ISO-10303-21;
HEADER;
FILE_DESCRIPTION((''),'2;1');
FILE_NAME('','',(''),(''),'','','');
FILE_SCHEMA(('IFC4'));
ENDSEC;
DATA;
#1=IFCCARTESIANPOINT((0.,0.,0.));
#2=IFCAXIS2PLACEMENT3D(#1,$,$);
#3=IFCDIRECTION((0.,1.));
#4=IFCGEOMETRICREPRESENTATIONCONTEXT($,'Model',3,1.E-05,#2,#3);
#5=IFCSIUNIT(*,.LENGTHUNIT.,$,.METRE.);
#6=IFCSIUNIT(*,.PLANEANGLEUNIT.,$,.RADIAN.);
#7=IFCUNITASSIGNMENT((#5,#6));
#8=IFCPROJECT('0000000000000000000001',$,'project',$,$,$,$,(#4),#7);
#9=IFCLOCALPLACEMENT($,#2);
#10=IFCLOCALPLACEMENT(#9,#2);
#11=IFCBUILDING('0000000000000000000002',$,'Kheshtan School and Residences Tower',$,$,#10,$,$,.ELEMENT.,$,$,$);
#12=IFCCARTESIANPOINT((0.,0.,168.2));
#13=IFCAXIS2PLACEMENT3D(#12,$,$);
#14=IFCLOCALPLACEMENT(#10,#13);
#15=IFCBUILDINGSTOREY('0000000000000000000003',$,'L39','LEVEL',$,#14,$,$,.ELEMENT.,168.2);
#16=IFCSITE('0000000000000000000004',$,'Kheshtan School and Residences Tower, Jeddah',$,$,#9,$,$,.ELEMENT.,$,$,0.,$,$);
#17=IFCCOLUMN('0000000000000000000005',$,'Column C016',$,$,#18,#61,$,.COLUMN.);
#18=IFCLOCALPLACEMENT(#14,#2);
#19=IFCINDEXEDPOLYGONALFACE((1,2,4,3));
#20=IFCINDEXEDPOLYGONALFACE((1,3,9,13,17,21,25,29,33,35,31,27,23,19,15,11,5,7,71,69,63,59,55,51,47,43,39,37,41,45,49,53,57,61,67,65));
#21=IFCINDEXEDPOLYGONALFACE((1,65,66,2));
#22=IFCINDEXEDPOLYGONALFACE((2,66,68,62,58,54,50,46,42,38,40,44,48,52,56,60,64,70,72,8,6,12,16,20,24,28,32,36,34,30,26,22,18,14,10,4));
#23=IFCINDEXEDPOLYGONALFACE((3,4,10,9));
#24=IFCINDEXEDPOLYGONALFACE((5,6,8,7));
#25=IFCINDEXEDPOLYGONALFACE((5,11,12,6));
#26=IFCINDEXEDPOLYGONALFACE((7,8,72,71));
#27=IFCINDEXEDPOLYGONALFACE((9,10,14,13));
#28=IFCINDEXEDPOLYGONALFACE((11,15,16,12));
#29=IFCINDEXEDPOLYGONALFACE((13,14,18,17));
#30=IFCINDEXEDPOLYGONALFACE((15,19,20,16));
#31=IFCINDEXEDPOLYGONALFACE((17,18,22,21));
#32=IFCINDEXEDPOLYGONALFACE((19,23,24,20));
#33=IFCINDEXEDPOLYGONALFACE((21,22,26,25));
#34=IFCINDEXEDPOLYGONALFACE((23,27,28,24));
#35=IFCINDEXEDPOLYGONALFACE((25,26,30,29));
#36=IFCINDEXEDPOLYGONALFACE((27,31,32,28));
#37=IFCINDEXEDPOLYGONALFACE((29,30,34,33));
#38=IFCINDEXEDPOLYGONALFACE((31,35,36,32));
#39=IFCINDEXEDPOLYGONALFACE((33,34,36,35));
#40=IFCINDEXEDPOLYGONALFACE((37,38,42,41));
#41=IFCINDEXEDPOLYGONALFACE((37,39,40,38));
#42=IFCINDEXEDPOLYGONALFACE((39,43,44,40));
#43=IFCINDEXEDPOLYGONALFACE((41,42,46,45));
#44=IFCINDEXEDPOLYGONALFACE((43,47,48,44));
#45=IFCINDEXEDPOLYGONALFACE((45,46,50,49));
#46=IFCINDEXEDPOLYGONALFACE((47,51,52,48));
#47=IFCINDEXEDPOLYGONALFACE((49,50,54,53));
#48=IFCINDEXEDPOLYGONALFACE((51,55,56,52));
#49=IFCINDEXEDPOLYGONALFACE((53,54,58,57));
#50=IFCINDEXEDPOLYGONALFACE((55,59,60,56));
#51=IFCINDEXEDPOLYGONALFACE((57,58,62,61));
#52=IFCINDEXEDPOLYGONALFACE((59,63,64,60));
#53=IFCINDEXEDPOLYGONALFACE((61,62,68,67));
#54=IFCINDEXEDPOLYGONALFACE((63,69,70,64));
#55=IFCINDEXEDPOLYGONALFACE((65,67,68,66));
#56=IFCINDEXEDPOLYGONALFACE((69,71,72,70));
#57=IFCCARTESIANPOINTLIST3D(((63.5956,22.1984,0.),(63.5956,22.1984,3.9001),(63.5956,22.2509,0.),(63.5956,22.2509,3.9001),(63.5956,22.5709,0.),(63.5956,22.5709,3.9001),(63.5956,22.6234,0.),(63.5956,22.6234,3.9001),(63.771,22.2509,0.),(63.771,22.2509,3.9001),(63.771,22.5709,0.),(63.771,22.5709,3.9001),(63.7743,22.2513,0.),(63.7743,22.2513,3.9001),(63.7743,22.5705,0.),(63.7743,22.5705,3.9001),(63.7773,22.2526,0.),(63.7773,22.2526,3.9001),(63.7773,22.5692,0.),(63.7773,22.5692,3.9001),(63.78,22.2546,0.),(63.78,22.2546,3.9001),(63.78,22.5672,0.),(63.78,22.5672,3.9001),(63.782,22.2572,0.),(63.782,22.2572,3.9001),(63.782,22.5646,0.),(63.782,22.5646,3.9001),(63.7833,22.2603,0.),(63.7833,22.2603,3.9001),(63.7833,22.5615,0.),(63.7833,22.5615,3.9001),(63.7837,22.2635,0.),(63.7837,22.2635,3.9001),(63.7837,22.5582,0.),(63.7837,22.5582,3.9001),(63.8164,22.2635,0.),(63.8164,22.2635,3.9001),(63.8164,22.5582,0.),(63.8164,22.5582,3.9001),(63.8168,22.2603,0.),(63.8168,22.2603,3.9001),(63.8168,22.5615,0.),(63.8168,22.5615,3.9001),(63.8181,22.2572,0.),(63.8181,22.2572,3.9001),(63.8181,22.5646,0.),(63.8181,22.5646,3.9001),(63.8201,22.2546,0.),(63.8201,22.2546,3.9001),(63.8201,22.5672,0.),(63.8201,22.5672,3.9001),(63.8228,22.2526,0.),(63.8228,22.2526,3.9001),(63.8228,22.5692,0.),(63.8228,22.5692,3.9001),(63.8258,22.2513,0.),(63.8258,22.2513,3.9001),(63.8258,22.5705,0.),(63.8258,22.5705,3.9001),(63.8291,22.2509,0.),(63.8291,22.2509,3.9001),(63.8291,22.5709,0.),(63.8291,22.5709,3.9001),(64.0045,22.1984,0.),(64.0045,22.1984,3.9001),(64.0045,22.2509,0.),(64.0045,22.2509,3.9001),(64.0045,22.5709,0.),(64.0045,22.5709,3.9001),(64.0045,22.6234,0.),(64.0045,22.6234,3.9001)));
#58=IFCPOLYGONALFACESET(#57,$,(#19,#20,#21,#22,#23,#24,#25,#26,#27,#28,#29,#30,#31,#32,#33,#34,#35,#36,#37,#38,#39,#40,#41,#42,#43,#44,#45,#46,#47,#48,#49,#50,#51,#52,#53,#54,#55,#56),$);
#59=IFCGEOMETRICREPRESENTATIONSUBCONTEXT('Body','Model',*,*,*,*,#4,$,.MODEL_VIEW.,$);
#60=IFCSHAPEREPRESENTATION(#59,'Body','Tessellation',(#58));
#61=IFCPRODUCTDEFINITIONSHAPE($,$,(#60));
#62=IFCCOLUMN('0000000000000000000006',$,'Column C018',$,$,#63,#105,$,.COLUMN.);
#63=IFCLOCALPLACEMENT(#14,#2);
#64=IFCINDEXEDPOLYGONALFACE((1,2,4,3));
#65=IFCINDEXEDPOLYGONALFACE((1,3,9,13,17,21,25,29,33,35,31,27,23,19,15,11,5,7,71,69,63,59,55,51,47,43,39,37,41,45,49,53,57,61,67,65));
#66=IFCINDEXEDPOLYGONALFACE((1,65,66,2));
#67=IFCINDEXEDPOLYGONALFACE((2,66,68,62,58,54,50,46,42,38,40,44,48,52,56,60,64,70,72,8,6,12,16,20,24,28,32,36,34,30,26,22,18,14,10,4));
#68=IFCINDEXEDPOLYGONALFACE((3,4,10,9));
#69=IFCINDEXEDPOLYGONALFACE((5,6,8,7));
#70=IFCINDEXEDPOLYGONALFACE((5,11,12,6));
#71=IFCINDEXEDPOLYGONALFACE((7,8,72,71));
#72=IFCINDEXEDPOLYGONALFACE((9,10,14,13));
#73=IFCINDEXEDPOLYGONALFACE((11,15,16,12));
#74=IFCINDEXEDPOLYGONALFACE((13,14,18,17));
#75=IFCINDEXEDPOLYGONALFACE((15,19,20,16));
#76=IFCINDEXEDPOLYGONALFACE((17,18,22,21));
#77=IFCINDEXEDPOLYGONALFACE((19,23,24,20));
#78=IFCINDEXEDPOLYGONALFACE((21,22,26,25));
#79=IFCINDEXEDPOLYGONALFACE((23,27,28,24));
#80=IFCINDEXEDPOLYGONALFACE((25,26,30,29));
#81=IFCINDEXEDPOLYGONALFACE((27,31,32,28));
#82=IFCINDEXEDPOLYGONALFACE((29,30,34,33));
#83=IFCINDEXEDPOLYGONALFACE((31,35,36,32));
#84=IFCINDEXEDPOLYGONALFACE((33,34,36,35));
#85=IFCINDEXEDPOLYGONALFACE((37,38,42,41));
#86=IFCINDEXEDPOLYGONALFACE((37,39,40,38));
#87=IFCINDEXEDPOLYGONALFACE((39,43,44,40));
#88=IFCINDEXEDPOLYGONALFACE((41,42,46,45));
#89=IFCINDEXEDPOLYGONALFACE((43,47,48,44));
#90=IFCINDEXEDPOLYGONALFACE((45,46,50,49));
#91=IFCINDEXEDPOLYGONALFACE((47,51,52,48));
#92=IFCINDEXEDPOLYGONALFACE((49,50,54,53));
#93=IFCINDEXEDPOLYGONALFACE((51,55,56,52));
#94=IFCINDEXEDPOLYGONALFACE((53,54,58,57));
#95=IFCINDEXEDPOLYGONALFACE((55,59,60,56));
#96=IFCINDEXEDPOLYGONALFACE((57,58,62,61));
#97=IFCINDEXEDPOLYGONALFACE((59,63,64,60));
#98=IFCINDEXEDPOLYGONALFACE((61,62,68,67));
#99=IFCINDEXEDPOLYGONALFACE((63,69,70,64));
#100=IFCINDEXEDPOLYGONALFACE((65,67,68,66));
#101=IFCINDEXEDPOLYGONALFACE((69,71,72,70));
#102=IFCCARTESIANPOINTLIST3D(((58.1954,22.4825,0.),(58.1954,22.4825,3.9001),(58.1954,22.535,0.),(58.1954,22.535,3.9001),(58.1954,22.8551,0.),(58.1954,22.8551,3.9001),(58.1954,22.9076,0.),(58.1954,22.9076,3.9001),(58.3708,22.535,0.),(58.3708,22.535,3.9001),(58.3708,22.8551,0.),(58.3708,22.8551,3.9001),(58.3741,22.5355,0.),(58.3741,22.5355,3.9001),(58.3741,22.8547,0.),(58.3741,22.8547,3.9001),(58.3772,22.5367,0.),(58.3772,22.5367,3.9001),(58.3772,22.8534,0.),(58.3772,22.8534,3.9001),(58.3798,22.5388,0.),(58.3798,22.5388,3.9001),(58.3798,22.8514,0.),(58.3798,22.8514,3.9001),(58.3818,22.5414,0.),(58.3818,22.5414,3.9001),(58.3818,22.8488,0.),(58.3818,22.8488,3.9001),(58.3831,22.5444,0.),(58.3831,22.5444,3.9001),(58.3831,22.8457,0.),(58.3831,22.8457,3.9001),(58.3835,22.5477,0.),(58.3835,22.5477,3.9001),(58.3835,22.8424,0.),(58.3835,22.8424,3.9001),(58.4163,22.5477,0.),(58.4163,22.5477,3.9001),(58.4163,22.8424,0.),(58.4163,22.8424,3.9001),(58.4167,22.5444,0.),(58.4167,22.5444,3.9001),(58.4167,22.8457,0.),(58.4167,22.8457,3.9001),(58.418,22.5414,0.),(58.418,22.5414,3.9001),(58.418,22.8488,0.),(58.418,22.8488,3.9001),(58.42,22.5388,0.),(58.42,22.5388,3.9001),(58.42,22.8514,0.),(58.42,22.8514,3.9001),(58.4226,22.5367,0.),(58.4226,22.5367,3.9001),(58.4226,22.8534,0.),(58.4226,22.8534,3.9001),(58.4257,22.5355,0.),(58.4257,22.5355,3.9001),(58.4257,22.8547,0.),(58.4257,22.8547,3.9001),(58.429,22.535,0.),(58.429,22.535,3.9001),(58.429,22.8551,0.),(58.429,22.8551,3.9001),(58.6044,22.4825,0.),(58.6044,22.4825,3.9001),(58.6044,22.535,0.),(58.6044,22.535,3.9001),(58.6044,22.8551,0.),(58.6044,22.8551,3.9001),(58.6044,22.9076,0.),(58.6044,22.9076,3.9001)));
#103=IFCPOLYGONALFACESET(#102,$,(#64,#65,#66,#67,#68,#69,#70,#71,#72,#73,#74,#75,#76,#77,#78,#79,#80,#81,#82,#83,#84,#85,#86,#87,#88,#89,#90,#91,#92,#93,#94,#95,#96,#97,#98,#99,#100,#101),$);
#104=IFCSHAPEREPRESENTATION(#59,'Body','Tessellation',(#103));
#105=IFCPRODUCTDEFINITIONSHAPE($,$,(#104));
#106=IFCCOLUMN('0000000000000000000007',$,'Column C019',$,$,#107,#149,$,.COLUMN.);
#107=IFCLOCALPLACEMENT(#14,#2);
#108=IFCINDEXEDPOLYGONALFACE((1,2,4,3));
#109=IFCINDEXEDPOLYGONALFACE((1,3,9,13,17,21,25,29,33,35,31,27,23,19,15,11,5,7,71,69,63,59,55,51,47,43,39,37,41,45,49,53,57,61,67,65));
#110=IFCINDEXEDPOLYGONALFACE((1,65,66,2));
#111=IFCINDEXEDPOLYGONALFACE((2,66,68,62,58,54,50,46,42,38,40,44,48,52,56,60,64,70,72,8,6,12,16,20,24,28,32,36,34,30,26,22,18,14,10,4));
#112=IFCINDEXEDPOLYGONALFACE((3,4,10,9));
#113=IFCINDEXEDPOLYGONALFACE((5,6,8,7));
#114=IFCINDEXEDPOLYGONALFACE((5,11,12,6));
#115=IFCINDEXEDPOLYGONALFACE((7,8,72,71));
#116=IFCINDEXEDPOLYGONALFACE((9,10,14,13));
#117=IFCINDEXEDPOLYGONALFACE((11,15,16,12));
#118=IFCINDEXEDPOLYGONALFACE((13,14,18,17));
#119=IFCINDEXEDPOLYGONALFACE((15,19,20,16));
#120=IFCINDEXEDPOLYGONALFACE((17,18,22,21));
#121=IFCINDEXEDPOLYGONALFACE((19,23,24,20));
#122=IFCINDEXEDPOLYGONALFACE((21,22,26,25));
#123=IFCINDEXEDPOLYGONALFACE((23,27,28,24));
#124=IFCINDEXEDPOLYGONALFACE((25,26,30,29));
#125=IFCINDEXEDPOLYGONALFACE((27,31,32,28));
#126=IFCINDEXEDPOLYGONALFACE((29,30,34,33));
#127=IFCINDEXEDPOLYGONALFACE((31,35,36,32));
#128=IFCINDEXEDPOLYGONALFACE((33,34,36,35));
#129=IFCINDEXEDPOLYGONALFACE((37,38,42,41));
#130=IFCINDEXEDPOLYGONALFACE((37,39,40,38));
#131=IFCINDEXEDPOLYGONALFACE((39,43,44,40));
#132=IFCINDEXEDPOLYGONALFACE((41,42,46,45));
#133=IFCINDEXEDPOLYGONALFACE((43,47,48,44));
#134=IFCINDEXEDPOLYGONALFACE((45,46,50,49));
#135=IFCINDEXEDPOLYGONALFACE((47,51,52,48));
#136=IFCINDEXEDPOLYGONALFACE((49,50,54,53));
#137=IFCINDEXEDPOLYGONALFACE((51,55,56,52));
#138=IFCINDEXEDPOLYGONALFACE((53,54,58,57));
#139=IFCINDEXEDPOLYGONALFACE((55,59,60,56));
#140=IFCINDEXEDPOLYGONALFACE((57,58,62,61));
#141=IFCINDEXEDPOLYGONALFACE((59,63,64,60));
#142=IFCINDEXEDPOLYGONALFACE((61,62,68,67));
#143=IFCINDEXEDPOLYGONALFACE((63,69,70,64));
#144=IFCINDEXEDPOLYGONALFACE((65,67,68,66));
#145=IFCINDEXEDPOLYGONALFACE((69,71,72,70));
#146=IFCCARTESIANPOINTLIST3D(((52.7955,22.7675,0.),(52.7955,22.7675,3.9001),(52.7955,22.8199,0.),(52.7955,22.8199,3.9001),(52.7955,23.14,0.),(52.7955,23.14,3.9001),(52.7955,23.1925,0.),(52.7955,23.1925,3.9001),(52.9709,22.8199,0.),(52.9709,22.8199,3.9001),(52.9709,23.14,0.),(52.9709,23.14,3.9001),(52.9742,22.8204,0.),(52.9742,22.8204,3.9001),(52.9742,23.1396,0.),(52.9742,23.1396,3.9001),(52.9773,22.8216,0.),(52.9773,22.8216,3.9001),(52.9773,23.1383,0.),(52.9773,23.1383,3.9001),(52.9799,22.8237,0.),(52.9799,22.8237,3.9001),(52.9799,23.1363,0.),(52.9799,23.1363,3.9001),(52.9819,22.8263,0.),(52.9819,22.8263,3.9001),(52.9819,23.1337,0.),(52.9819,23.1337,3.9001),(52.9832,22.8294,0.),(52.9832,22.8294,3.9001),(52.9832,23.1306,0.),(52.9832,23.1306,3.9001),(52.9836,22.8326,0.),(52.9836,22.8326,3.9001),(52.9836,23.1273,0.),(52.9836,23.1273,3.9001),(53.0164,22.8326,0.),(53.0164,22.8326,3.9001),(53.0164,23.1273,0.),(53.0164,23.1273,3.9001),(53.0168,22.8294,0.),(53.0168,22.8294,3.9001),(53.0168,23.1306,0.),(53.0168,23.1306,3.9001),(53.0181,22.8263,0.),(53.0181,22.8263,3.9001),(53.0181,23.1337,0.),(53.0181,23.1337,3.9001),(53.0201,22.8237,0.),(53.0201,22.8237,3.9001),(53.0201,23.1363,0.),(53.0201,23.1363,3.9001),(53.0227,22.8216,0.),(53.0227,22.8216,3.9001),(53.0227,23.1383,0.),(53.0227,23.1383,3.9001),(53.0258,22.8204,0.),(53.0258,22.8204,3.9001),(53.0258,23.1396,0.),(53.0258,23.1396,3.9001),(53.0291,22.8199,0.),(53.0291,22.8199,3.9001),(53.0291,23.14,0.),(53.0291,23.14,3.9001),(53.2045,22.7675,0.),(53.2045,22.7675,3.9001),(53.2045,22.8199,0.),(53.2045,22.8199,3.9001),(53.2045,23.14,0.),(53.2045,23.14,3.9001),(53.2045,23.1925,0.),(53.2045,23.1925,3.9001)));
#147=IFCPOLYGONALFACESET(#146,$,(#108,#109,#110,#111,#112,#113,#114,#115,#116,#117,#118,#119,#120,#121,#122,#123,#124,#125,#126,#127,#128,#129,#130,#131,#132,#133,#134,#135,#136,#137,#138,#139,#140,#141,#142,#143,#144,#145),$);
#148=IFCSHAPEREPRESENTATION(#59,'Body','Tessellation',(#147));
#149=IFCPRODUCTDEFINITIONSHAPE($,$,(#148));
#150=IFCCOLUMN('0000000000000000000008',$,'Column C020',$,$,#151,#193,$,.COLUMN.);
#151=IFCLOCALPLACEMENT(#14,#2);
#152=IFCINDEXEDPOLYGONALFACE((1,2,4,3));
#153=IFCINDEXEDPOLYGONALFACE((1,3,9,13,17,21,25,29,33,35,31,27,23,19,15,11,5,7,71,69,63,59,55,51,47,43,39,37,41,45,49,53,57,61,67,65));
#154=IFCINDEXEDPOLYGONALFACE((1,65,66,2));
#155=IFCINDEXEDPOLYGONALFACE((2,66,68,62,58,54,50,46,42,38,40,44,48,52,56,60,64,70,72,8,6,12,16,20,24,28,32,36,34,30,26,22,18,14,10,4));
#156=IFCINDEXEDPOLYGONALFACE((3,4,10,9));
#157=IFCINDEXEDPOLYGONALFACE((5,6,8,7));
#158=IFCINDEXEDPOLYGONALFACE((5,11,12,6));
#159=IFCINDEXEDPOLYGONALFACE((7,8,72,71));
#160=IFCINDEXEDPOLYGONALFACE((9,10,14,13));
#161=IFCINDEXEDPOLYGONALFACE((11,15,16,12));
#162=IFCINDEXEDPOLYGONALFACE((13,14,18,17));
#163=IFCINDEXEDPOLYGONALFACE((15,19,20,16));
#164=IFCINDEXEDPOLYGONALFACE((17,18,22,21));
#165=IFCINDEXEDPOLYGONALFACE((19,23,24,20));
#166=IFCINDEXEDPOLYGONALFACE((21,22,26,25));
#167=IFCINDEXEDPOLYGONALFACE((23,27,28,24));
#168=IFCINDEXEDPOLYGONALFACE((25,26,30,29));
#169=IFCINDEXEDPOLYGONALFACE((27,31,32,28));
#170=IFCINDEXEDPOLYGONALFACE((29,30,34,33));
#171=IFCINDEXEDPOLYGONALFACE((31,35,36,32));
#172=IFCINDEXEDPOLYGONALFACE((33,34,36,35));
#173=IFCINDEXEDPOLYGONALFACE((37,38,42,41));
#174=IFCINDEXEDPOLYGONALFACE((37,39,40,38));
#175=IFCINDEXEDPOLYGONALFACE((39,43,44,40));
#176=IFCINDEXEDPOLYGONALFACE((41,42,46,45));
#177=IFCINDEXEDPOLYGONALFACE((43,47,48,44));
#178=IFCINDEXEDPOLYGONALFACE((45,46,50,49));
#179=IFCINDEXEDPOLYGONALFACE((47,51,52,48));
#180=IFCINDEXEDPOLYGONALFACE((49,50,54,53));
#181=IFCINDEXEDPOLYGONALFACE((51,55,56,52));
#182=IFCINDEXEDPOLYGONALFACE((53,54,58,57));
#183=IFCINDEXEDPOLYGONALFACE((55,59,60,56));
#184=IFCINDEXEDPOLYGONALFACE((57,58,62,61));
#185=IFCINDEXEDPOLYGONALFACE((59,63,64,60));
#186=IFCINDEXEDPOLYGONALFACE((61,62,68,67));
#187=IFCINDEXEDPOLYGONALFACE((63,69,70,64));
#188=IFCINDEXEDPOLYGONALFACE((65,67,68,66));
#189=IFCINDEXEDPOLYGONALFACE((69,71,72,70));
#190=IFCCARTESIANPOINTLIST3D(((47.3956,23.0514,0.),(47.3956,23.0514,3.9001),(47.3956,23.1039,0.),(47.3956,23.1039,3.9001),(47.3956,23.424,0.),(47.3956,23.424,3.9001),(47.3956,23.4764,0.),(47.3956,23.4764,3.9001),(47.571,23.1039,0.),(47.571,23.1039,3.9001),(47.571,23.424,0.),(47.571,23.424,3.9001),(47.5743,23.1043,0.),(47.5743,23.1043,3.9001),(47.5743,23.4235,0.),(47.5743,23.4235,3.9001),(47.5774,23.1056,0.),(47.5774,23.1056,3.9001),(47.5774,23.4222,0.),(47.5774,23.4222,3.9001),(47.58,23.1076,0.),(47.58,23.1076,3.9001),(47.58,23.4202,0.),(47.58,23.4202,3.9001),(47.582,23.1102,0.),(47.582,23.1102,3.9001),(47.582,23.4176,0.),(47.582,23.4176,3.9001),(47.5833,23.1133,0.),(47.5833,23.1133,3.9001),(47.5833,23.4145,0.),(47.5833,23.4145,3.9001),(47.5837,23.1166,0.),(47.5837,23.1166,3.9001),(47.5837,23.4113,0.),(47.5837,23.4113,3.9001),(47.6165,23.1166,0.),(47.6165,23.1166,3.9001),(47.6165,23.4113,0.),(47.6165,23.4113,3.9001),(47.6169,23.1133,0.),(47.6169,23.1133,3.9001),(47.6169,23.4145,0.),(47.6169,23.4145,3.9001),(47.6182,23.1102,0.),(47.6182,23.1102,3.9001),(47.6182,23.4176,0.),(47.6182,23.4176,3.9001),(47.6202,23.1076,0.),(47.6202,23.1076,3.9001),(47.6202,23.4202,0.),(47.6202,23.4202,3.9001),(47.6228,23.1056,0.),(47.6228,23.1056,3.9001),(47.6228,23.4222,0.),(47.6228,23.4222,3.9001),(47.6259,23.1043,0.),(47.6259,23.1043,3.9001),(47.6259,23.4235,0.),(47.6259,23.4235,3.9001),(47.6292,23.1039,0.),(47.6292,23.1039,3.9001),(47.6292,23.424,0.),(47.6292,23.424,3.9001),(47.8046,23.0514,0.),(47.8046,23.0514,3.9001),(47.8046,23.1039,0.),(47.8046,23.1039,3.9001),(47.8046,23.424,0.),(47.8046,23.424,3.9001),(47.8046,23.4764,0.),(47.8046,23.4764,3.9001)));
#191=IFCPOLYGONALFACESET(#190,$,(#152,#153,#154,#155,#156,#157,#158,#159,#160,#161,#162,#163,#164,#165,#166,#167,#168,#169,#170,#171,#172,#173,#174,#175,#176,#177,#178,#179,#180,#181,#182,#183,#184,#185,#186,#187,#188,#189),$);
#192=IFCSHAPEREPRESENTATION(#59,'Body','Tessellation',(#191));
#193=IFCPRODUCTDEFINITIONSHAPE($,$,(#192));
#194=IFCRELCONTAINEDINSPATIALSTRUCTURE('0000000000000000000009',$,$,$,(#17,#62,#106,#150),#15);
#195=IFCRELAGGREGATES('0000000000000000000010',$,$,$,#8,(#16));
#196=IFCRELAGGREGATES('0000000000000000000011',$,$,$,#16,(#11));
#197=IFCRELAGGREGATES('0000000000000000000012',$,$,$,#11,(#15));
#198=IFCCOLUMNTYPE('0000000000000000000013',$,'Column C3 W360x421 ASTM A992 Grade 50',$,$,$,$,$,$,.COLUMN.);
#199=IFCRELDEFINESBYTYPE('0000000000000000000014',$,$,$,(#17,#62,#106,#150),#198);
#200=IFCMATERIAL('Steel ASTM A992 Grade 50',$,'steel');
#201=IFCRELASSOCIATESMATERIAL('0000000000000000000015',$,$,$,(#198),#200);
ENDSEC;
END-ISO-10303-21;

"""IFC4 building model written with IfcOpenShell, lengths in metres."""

from ifc_helpers import new_model, si_unit, direction, frame, origin, origin_2d, place, context, subcontext, project, spatial, i_section, extrude, material, material_profile, profile_set, type_object, element, save


model = new_model("IFC4")

# Units and contexts
model_context = context("Model", 3, precision=1e-05, world=origin(), true_north=direction((0.0, 1.0)))
body_context = subcontext(model_context, "Body", "Model", "MODEL_VIEW")
ifc_project = project(units=[si_unit("LENGTHUNIT", "METRE"), si_unit("PLANEANGLEUNIT", "RADIAN")], contexts=[model_context])

# Site, building, storey
site_placement = place(None, origin())
site = spatial("IfcSite", under=ifc_project, at=site_placement, Name="Kheshtan School and Residences Tower, Jeddah", CompositionType="ELEMENT", RefElevation=0.0)
building_placement = place(site_placement, origin())
building = spatial("IfcBuilding", under=site, at=building_placement, Name="Kheshtan School and Residences Tower", CompositionType="ELEMENT")
storey_placement = place(building_placement, frame((0.0, 0.0, 168.2)))
storey = spatial("IfcBuildingStorey", under=building, at=storey_placement, Name="L39", Description="LEVEL", CompositionType="ELEMENT", Elevation=168.2)

# Columns
ifc_material_1 = material(Name="Steel ASTM A992 Grade 50", Category="steel")
ifc_material_profile_1 = material_profile(ifc_material_1, i_section(OverallWidth=0.4089, OverallDepth=0.425, WebThickness=0.0327, FlangeThickness=0.0525, FilletRadius=0.0127, at=origin_2d()), Name="W360x421")
ifc_profile_set_1 = profile_set([ifc_material_profile_1], Name="Steel ASTM A992 Grade 50")
column_type = type_object("IfcColumnType", Name="Column C3 W360x421 ASTM A992 Grade 50", PredefinedType="COLUMN", material=ifc_profile_set_1)
for number, where, z_axis, x_axis, name in (
    (1, (63.8, 22.4109, 0.0), (0.0, 0.0, 1.0), (1.0, 0.0, 0.0), "Column C016"),
    (2, (58.3999, 22.6951, 0.0), (0.0, 0.0, 1.0), (1.0, 0.0, 0.0), "Column C018"),
    (3, (53.0, 22.98, 0.0), (0.0, 0.0, 1.0), (1.0, 0.0, 0.0), "Column C019"),
    (4, (47.6001, 23.2639, 0.0), (0.0, 0.0, 1.0), (1.0, 0.0, 0.0), "Column C020"),
):
    element("IfcColumn", number, at=place(storey_placement, frame(where, z_axis=z_axis, x_axis=x_axis)), inside=storey, type_object=column_type, Name=name, PredefinedType="COLUMN", context=body_context, shape_type="SweptSolid", body=[
        extrude(i_section(OverallWidth=0.4089, OverallDepth=0.425, WebThickness=0.0327, FlangeThickness=0.0525, FilletRadius=0.0127, at=origin_2d()), origin(), (0.0, 0.0, 1.0), 3.9001),
    ])

save(model, "model.ifc")
